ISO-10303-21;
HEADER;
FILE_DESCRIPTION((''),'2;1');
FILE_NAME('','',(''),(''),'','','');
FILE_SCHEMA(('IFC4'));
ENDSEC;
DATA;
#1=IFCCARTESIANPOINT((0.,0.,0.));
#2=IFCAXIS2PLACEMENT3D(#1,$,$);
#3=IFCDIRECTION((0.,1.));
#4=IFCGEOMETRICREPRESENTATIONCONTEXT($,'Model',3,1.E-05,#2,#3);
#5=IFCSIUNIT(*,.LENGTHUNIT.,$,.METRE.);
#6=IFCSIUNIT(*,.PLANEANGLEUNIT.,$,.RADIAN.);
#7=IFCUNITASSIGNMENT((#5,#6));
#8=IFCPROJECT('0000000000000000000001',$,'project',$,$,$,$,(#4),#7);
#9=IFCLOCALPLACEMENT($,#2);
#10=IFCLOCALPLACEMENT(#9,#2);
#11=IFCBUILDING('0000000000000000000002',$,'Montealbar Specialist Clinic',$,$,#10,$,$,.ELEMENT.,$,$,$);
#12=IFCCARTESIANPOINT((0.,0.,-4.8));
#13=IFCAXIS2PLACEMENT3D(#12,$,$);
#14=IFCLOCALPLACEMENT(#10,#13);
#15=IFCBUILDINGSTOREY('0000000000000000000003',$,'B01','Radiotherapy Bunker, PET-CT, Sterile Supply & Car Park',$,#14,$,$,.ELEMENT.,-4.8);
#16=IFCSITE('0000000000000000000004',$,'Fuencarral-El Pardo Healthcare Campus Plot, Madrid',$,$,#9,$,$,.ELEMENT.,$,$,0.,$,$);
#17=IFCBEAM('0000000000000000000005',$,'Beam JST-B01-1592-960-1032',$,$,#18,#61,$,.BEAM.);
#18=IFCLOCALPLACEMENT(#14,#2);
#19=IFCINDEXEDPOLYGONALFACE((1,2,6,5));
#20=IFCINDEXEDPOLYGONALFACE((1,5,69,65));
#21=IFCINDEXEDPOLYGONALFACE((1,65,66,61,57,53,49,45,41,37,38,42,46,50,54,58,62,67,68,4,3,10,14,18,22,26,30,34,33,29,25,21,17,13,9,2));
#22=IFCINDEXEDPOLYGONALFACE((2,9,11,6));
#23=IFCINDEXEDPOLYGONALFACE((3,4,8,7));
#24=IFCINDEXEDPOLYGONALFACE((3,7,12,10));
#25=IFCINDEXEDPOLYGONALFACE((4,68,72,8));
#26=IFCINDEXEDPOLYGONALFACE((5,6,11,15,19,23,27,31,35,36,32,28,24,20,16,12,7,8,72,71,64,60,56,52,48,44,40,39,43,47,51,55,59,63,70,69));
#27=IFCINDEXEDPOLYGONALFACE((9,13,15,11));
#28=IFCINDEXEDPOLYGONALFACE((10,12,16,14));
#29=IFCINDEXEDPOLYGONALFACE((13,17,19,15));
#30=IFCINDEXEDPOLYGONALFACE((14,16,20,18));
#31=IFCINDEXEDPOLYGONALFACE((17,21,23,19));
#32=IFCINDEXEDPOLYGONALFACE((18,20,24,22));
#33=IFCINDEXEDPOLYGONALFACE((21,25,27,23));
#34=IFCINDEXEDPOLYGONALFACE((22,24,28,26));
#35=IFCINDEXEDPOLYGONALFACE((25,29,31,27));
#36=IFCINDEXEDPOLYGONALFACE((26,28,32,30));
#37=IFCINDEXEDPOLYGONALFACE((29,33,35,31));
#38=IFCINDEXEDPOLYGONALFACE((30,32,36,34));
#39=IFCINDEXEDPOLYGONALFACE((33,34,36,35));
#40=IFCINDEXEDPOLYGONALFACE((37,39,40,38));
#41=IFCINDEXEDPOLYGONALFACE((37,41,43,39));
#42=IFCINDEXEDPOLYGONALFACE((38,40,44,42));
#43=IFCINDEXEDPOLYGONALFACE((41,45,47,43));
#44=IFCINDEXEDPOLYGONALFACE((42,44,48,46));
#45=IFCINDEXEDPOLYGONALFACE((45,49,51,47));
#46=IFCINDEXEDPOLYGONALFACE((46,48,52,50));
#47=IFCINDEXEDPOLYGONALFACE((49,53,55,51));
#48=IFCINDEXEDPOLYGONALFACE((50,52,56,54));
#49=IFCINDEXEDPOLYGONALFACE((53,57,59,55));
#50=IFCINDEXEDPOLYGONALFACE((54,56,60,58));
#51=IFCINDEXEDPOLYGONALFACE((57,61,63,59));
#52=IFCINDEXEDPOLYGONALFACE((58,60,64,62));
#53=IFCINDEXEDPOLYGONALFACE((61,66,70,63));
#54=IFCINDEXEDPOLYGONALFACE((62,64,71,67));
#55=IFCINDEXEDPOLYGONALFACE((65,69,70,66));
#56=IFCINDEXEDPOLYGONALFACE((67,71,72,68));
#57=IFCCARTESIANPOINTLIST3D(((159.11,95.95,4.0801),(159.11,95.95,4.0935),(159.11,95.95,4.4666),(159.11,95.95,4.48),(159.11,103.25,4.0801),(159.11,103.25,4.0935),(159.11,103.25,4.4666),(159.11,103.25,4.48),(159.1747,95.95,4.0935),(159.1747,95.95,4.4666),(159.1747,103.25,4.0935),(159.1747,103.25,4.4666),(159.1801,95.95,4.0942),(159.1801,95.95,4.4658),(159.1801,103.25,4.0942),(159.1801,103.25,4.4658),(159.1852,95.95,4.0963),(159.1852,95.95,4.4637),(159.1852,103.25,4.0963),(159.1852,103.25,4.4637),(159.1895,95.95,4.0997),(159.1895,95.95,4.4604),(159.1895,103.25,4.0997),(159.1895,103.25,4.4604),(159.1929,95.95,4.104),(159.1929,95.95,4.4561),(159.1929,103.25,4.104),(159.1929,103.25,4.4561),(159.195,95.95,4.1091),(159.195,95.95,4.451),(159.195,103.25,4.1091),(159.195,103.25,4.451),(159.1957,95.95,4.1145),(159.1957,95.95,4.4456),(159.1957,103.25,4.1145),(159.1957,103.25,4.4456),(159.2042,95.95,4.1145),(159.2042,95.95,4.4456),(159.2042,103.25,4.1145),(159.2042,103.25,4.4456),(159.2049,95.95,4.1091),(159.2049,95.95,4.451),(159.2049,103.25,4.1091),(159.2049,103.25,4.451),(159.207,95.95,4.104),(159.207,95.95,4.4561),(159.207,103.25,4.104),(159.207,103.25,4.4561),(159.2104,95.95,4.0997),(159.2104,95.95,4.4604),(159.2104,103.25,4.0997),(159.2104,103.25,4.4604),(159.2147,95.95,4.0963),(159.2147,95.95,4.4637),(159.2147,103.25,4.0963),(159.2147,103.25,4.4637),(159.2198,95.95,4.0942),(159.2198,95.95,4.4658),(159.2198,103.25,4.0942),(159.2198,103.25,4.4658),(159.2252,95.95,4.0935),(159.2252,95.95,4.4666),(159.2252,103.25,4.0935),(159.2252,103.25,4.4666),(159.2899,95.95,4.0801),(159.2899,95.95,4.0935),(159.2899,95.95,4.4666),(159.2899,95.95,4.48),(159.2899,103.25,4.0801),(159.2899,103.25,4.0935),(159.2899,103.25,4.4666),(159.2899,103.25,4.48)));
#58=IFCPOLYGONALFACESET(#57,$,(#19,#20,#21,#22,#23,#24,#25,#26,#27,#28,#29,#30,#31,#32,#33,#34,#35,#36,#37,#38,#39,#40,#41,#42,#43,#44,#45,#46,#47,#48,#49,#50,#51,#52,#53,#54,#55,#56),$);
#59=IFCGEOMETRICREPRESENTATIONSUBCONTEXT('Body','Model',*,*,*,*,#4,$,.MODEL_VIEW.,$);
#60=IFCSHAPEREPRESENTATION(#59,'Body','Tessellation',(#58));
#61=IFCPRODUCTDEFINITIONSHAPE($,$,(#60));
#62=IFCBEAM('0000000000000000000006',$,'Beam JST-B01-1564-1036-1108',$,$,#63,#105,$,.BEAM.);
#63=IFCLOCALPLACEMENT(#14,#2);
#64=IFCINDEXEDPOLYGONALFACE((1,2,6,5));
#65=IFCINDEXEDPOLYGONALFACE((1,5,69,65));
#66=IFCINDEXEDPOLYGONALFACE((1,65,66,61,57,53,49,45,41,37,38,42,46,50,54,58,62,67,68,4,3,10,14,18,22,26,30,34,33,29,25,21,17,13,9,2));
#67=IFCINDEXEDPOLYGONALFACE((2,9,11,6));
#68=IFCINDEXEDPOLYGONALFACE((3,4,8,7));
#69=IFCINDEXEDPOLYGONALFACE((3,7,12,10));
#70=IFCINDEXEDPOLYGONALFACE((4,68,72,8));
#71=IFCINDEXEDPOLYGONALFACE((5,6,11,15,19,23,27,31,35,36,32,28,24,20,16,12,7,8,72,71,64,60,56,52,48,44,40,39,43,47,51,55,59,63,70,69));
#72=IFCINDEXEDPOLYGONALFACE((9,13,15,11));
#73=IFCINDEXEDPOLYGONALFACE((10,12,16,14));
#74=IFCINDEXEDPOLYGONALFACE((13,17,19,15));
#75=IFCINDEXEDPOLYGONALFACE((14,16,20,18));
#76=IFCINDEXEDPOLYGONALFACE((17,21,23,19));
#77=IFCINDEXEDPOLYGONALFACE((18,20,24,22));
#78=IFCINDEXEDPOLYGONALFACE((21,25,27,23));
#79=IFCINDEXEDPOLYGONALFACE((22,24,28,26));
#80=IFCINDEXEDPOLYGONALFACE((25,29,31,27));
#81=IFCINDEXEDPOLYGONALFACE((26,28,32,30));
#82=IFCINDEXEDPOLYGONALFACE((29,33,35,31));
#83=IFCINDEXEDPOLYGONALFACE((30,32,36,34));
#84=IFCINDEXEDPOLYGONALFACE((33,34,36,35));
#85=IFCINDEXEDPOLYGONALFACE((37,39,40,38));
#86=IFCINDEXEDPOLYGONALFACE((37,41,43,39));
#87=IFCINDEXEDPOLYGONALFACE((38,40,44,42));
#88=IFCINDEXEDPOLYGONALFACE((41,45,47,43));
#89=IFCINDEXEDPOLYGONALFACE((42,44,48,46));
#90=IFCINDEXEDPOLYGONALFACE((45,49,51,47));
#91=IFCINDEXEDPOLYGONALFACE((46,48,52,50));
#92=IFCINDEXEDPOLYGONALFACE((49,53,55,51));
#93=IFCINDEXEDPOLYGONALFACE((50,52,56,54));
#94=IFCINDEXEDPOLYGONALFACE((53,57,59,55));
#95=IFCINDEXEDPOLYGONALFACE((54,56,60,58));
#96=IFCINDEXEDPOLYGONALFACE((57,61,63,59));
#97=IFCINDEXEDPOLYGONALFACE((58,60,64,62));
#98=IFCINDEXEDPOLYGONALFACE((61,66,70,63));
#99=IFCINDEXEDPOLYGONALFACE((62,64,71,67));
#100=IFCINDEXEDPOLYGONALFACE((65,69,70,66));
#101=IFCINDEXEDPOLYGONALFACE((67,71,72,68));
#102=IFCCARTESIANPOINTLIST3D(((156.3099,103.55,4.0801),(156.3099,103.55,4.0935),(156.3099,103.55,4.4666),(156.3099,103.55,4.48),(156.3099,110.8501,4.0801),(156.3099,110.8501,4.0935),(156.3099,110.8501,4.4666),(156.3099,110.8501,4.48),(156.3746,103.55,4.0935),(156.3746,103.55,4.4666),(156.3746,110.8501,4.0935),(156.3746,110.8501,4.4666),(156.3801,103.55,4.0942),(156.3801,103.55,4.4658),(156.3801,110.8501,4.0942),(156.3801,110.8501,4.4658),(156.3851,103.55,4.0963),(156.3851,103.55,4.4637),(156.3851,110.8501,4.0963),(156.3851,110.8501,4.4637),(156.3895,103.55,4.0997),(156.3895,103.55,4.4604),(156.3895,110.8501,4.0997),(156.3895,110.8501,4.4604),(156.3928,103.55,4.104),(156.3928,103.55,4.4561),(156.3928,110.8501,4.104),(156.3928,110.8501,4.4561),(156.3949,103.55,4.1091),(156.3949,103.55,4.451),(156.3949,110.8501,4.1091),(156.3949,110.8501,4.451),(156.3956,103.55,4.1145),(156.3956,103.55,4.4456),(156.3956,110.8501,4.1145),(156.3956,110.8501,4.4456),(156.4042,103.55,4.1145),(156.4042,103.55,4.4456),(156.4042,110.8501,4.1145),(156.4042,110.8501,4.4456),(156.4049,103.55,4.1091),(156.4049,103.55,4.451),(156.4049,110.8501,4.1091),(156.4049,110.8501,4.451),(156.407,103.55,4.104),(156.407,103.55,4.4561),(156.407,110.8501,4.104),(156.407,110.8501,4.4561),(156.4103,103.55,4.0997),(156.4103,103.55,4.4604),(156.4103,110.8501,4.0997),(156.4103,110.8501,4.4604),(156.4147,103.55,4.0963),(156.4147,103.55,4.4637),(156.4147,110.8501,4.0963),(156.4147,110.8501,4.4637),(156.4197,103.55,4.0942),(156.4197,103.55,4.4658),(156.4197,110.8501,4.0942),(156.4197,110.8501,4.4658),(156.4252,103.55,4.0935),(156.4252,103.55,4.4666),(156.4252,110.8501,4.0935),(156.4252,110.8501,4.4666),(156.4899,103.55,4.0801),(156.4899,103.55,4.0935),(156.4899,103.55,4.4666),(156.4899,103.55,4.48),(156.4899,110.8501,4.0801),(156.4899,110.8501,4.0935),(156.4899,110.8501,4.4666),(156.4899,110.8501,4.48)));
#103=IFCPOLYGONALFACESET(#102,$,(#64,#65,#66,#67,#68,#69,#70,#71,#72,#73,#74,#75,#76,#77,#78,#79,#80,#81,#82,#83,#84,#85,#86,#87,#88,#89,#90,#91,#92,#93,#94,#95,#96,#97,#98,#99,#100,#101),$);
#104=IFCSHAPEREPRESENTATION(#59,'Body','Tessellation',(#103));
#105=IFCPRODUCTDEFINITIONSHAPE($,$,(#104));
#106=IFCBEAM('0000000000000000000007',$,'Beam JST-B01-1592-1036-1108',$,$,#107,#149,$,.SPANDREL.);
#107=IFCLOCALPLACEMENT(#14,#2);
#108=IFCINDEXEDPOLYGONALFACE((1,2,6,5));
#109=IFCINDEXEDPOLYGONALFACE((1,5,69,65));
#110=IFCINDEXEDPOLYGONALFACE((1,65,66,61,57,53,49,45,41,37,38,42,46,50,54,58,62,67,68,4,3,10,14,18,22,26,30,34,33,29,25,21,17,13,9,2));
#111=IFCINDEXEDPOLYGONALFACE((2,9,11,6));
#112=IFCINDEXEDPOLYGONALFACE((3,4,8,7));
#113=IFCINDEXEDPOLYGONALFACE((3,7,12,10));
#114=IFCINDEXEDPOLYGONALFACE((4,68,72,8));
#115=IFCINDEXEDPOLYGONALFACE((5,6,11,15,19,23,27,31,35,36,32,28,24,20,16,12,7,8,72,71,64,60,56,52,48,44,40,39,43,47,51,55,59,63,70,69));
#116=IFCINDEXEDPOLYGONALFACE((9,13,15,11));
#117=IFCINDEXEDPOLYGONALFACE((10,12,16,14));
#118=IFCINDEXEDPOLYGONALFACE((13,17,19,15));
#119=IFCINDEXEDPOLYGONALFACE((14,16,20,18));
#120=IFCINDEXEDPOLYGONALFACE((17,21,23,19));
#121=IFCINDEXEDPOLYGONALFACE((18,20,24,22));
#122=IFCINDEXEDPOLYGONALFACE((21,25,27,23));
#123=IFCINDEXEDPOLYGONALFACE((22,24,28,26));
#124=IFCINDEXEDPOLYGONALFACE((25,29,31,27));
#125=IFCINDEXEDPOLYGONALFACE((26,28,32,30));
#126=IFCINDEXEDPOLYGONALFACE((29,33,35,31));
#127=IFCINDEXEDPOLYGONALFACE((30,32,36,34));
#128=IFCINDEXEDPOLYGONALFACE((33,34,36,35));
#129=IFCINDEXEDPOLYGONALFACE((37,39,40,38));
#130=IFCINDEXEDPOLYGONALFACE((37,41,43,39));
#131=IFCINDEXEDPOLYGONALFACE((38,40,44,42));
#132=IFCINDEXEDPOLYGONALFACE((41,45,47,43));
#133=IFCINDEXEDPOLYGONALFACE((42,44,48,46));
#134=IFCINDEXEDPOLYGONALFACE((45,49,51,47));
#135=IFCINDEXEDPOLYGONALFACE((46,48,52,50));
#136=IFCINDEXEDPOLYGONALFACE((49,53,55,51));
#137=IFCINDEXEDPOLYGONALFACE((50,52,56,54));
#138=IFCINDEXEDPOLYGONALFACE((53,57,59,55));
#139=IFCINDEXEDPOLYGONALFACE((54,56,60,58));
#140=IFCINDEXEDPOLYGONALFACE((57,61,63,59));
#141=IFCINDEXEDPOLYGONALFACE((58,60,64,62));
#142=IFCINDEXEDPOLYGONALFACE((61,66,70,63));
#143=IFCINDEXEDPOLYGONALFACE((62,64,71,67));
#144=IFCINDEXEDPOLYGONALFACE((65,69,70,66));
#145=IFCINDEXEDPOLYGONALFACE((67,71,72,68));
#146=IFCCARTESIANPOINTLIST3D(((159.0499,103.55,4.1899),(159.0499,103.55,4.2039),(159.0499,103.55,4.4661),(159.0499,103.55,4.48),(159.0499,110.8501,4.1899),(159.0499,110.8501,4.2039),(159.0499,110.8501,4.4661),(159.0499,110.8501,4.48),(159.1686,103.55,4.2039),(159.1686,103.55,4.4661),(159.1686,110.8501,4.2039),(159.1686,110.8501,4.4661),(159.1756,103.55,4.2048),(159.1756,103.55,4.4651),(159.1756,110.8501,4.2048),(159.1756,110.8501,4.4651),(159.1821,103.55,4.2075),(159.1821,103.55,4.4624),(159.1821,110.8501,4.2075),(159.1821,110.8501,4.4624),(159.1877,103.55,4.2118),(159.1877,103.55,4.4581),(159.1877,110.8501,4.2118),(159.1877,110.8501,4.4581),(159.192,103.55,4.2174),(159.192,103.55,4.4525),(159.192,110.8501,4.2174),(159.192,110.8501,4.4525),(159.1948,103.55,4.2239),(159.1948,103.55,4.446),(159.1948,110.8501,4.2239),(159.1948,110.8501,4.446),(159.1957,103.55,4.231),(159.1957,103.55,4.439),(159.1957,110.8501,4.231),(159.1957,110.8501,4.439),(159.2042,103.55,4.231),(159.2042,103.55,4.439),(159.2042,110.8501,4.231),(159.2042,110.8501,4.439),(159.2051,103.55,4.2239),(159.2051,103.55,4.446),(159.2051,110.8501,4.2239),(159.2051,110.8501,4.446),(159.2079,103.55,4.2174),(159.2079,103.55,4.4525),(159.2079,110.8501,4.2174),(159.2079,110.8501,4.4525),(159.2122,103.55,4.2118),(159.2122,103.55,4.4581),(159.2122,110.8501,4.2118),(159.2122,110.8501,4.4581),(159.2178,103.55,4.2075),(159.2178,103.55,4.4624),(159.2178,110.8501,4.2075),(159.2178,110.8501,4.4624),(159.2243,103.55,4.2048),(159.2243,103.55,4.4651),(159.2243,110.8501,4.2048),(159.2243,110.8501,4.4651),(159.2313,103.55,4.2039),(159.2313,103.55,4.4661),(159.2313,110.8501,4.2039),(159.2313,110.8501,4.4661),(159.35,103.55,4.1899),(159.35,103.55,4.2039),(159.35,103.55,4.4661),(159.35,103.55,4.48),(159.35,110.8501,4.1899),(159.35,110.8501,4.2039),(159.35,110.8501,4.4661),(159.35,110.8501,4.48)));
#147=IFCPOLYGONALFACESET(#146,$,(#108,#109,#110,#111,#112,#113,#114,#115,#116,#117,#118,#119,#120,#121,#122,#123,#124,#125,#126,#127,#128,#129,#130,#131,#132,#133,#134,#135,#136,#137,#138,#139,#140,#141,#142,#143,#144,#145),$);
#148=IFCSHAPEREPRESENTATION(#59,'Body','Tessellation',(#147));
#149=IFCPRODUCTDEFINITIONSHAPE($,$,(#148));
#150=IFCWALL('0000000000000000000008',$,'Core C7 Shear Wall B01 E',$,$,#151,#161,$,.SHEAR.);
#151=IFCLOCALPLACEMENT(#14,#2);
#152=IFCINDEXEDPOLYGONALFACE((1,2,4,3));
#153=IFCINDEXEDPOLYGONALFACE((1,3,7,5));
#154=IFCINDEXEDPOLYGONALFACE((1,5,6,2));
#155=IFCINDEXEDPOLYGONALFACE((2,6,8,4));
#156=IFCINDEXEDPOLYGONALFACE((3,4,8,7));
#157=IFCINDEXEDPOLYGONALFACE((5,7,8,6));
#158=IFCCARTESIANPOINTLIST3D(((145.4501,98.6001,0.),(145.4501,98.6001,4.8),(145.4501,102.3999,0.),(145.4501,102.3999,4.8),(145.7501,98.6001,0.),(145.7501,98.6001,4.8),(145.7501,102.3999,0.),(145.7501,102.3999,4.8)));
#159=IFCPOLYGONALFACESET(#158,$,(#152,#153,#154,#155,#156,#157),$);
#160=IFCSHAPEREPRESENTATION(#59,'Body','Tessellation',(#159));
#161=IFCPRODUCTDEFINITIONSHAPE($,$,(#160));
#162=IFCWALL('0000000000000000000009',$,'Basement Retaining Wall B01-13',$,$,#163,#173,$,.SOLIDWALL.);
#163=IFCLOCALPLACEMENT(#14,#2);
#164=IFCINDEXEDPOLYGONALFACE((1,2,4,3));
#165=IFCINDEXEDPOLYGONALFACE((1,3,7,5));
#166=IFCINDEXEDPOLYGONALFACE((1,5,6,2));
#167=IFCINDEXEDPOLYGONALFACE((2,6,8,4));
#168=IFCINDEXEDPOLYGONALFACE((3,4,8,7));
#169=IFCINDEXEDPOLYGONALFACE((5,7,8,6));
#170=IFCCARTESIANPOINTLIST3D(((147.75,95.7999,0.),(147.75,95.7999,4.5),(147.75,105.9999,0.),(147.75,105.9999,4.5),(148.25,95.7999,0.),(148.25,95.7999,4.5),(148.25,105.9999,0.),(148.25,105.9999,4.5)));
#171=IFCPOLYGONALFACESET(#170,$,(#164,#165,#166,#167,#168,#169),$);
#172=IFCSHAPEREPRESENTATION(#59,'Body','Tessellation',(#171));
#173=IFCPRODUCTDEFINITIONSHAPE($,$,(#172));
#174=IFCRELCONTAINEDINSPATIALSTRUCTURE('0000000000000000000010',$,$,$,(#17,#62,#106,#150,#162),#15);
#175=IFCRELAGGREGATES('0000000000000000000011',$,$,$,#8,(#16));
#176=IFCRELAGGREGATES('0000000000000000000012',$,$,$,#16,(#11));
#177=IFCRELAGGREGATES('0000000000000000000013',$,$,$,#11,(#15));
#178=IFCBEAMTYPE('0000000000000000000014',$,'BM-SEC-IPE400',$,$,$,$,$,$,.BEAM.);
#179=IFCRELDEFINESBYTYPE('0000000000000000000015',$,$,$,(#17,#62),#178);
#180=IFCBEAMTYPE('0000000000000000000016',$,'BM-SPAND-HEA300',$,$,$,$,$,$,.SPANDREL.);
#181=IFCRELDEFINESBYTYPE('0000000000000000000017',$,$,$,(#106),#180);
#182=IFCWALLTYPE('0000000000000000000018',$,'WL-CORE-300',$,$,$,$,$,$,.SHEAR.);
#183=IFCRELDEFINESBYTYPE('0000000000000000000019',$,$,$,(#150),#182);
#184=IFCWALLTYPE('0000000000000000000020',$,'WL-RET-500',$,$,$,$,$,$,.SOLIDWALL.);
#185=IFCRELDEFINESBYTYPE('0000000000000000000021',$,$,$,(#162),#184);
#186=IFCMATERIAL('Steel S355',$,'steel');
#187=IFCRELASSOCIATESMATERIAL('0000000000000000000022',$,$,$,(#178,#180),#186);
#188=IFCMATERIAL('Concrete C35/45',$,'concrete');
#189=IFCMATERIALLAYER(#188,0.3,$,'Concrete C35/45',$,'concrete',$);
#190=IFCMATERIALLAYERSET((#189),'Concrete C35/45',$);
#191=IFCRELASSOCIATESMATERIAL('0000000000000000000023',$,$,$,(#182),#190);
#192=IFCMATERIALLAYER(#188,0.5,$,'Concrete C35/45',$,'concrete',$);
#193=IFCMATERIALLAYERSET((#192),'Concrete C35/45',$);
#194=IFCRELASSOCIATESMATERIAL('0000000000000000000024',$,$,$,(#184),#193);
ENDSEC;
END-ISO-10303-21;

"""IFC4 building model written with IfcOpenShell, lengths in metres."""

from ifc_helpers import new_model, si_unit, direction, frame, frame_2d, origin, origin_2d, place, context, subcontext, project, spatial, rectangle, i_section, extrude, material, layer, layer_set, material_profile, profile_set, type_object, element, save


model = new_model("IFC4")

# Units and contexts
model_context = context("Model", 3, precision=1e-05, world=origin(), true_north=direction((0.0, 1.0)))
body_context = subcontext(model_context, "Body", "Model", "MODEL_VIEW")
ifc_project = project(units=[si_unit("LENGTHUNIT", "METRE"), si_unit("PLANEANGLEUNIT", "RADIAN")], contexts=[model_context])

# Site, building, storey
site_placement = place(None, origin())
site = spatial("IfcSite", under=ifc_project, at=site_placement, Name="Fuencarral-El Pardo Healthcare Campus Plot, Madrid", CompositionType="ELEMENT", RefElevation=0.0)
building_placement = place(site_placement, origin())
building = spatial("IfcBuilding", under=site, at=building_placement, Name="Montealbar Specialist Clinic", CompositionType="ELEMENT")
storey_placement = place(building_placement, frame((0.0, 0.0, -4.8)))
storey = spatial("IfcBuildingStorey", under=building, at=storey_placement, Name="B01", Description="Radiotherapy Bunker, PET-CT, Sterile Supply & Car Park", CompositionType="ELEMENT", Elevation=-4.8)

# Shared definitions
ifc_material_1 = material(Name="Concrete C35/45", Category="concrete")

# Shared definitions
ifc_material_2 = material(Name="Steel S355", Category="steel")

# Beams
ifc_material_profile_1 = material_profile(ifc_material_2, i_section(OverallWidth=0.1799, OverallDepth=0.3999, WebThickness=0.0085, FlangeThickness=0.0134, FilletRadius=0.021, at=origin_2d()), Name="IPE 400", Category="steel")
ifc_profile_set_1 = profile_set([ifc_material_profile_1], Name="Steel S355")
beam_type_1 = type_object("IfcBeamType", Name="BM-SEC-IPE400", PredefinedType="BEAM", material=ifc_profile_set_1)
for number, where, z_axis, x_axis, name in (
    (1, (159.2, 95.95, 4.28), (0.0, 1.0, 0.0), (-1.0, 0.0, 0.0), "Beam JST-B01-1592-960-1032"),
    (2, (156.3999, 103.55, 4.28), (0.0, 1.0, 0.0), (-1.0, 0.0, 0.0), "Beam JST-B01-1564-1036-1108"),
):
    element("IfcBeam", number, at=place(storey_placement, frame(where, z_axis=z_axis, x_axis=x_axis)), inside=storey, type_object=beam_type_1, Name=name, PredefinedType="BEAM", context=body_context, shape_type="SweptSolid", body=[
        extrude(i_section(OverallWidth=0.1799, OverallDepth=0.3999, WebThickness=0.0085, FlangeThickness=0.0134, FilletRadius=0.021, at=origin_2d()), origin(), (0.0, 0.0, 1.0), 7.3),
    ])
ifc_material_profile_2 = material_profile(ifc_material_2, i_section(OverallWidth=0.3, OverallDepth=0.29, WebThickness=0.0085, FlangeThickness=0.0139, FilletRadius=0.0271, at=origin_2d()), Name="HEA 300", Category="steel")
ifc_profile_set_2 = profile_set([ifc_material_profile_2], Name="Steel S355")
beam_type_2 = type_object("IfcBeamType", Name="BM-SPAND-HEA300", PredefinedType="SPANDREL", material=ifc_profile_set_2)
beam_1_placement = place(storey_placement, frame((159.2, 103.55, 4.335), z_axis=(0.0, 1.0, 0.0), x_axis=(-1.0, 0.0, 0.0)))
element("IfcBeam", 3, at=beam_1_placement, inside=storey, type_object=beam_type_2, Name="Beam JST-B01-1592-1036-1108", PredefinedType="SPANDREL", context=body_context, shape_type="SweptSolid", body=[
    extrude(i_section(OverallWidth=0.3, OverallDepth=0.29, WebThickness=0.0085, FlangeThickness=0.0139, FilletRadius=0.0271, at=origin_2d()), origin(), (0.0, 0.0, 1.0), 7.3),
])

# Walls
ifc_layer_1 = layer(ifc_material_1, 0.3, Name="Concrete C35/45", Category="concrete")
ifc_layer_set_1 = layer_set([ifc_layer_1], Name="Concrete C35/45")
wall_type_1 = type_object("IfcWallType", Name="WL-CORE-300", PredefinedType="SHEAR", material=ifc_layer_set_1)
wall_1_placement = place(storey_placement, frame((145.6001, 98.6001, 0.0), z_axis=(0.0, 0.0, 1.0), x_axis=(0.0, 1.0, 0.0)))
element("IfcWall", 4, at=wall_1_placement, inside=storey, type_object=wall_type_1, Name="Core C7 Shear Wall B01 E", PredefinedType="SHEAR", context=body_context, shape_type="SweptSolid", body=[
    extrude(rectangle(XDim=3.7998, YDim=0.3, at=frame_2d((1.8999, 0.0))), origin(), (0.0, 0.0, 1.0), 4.8),
])
ifc_layer_2 = layer(ifc_material_1, 0.5, Name="Concrete C35/45", Category="concrete")
ifc_layer_set_2 = layer_set([ifc_layer_2], Name="Concrete C35/45")
wall_type_2 = type_object("IfcWallType", Name="WL-RET-500", PredefinedType="SOLIDWALL", material=ifc_layer_set_2)
wall_2_placement = place(storey_placement, frame((148.0, 106.0, 0.0), z_axis=(0.0, 0.0, 1.0), x_axis=(0.0, -1.0, 0.0)))
element("IfcWall", 5, at=wall_2_placement, inside=storey, type_object=wall_type_2, Name="Basement Retaining Wall B01-13", PredefinedType="SOLIDWALL", context=body_context, shape_type="SweptSolid", body=[
    extrude(rectangle(XDim=10.2, YDim=0.5, at=frame_2d((5.1001, 0.0))), origin(), (0.0, 0.0, 1.0), 4.5),
])

save(model, "model.ifc")
